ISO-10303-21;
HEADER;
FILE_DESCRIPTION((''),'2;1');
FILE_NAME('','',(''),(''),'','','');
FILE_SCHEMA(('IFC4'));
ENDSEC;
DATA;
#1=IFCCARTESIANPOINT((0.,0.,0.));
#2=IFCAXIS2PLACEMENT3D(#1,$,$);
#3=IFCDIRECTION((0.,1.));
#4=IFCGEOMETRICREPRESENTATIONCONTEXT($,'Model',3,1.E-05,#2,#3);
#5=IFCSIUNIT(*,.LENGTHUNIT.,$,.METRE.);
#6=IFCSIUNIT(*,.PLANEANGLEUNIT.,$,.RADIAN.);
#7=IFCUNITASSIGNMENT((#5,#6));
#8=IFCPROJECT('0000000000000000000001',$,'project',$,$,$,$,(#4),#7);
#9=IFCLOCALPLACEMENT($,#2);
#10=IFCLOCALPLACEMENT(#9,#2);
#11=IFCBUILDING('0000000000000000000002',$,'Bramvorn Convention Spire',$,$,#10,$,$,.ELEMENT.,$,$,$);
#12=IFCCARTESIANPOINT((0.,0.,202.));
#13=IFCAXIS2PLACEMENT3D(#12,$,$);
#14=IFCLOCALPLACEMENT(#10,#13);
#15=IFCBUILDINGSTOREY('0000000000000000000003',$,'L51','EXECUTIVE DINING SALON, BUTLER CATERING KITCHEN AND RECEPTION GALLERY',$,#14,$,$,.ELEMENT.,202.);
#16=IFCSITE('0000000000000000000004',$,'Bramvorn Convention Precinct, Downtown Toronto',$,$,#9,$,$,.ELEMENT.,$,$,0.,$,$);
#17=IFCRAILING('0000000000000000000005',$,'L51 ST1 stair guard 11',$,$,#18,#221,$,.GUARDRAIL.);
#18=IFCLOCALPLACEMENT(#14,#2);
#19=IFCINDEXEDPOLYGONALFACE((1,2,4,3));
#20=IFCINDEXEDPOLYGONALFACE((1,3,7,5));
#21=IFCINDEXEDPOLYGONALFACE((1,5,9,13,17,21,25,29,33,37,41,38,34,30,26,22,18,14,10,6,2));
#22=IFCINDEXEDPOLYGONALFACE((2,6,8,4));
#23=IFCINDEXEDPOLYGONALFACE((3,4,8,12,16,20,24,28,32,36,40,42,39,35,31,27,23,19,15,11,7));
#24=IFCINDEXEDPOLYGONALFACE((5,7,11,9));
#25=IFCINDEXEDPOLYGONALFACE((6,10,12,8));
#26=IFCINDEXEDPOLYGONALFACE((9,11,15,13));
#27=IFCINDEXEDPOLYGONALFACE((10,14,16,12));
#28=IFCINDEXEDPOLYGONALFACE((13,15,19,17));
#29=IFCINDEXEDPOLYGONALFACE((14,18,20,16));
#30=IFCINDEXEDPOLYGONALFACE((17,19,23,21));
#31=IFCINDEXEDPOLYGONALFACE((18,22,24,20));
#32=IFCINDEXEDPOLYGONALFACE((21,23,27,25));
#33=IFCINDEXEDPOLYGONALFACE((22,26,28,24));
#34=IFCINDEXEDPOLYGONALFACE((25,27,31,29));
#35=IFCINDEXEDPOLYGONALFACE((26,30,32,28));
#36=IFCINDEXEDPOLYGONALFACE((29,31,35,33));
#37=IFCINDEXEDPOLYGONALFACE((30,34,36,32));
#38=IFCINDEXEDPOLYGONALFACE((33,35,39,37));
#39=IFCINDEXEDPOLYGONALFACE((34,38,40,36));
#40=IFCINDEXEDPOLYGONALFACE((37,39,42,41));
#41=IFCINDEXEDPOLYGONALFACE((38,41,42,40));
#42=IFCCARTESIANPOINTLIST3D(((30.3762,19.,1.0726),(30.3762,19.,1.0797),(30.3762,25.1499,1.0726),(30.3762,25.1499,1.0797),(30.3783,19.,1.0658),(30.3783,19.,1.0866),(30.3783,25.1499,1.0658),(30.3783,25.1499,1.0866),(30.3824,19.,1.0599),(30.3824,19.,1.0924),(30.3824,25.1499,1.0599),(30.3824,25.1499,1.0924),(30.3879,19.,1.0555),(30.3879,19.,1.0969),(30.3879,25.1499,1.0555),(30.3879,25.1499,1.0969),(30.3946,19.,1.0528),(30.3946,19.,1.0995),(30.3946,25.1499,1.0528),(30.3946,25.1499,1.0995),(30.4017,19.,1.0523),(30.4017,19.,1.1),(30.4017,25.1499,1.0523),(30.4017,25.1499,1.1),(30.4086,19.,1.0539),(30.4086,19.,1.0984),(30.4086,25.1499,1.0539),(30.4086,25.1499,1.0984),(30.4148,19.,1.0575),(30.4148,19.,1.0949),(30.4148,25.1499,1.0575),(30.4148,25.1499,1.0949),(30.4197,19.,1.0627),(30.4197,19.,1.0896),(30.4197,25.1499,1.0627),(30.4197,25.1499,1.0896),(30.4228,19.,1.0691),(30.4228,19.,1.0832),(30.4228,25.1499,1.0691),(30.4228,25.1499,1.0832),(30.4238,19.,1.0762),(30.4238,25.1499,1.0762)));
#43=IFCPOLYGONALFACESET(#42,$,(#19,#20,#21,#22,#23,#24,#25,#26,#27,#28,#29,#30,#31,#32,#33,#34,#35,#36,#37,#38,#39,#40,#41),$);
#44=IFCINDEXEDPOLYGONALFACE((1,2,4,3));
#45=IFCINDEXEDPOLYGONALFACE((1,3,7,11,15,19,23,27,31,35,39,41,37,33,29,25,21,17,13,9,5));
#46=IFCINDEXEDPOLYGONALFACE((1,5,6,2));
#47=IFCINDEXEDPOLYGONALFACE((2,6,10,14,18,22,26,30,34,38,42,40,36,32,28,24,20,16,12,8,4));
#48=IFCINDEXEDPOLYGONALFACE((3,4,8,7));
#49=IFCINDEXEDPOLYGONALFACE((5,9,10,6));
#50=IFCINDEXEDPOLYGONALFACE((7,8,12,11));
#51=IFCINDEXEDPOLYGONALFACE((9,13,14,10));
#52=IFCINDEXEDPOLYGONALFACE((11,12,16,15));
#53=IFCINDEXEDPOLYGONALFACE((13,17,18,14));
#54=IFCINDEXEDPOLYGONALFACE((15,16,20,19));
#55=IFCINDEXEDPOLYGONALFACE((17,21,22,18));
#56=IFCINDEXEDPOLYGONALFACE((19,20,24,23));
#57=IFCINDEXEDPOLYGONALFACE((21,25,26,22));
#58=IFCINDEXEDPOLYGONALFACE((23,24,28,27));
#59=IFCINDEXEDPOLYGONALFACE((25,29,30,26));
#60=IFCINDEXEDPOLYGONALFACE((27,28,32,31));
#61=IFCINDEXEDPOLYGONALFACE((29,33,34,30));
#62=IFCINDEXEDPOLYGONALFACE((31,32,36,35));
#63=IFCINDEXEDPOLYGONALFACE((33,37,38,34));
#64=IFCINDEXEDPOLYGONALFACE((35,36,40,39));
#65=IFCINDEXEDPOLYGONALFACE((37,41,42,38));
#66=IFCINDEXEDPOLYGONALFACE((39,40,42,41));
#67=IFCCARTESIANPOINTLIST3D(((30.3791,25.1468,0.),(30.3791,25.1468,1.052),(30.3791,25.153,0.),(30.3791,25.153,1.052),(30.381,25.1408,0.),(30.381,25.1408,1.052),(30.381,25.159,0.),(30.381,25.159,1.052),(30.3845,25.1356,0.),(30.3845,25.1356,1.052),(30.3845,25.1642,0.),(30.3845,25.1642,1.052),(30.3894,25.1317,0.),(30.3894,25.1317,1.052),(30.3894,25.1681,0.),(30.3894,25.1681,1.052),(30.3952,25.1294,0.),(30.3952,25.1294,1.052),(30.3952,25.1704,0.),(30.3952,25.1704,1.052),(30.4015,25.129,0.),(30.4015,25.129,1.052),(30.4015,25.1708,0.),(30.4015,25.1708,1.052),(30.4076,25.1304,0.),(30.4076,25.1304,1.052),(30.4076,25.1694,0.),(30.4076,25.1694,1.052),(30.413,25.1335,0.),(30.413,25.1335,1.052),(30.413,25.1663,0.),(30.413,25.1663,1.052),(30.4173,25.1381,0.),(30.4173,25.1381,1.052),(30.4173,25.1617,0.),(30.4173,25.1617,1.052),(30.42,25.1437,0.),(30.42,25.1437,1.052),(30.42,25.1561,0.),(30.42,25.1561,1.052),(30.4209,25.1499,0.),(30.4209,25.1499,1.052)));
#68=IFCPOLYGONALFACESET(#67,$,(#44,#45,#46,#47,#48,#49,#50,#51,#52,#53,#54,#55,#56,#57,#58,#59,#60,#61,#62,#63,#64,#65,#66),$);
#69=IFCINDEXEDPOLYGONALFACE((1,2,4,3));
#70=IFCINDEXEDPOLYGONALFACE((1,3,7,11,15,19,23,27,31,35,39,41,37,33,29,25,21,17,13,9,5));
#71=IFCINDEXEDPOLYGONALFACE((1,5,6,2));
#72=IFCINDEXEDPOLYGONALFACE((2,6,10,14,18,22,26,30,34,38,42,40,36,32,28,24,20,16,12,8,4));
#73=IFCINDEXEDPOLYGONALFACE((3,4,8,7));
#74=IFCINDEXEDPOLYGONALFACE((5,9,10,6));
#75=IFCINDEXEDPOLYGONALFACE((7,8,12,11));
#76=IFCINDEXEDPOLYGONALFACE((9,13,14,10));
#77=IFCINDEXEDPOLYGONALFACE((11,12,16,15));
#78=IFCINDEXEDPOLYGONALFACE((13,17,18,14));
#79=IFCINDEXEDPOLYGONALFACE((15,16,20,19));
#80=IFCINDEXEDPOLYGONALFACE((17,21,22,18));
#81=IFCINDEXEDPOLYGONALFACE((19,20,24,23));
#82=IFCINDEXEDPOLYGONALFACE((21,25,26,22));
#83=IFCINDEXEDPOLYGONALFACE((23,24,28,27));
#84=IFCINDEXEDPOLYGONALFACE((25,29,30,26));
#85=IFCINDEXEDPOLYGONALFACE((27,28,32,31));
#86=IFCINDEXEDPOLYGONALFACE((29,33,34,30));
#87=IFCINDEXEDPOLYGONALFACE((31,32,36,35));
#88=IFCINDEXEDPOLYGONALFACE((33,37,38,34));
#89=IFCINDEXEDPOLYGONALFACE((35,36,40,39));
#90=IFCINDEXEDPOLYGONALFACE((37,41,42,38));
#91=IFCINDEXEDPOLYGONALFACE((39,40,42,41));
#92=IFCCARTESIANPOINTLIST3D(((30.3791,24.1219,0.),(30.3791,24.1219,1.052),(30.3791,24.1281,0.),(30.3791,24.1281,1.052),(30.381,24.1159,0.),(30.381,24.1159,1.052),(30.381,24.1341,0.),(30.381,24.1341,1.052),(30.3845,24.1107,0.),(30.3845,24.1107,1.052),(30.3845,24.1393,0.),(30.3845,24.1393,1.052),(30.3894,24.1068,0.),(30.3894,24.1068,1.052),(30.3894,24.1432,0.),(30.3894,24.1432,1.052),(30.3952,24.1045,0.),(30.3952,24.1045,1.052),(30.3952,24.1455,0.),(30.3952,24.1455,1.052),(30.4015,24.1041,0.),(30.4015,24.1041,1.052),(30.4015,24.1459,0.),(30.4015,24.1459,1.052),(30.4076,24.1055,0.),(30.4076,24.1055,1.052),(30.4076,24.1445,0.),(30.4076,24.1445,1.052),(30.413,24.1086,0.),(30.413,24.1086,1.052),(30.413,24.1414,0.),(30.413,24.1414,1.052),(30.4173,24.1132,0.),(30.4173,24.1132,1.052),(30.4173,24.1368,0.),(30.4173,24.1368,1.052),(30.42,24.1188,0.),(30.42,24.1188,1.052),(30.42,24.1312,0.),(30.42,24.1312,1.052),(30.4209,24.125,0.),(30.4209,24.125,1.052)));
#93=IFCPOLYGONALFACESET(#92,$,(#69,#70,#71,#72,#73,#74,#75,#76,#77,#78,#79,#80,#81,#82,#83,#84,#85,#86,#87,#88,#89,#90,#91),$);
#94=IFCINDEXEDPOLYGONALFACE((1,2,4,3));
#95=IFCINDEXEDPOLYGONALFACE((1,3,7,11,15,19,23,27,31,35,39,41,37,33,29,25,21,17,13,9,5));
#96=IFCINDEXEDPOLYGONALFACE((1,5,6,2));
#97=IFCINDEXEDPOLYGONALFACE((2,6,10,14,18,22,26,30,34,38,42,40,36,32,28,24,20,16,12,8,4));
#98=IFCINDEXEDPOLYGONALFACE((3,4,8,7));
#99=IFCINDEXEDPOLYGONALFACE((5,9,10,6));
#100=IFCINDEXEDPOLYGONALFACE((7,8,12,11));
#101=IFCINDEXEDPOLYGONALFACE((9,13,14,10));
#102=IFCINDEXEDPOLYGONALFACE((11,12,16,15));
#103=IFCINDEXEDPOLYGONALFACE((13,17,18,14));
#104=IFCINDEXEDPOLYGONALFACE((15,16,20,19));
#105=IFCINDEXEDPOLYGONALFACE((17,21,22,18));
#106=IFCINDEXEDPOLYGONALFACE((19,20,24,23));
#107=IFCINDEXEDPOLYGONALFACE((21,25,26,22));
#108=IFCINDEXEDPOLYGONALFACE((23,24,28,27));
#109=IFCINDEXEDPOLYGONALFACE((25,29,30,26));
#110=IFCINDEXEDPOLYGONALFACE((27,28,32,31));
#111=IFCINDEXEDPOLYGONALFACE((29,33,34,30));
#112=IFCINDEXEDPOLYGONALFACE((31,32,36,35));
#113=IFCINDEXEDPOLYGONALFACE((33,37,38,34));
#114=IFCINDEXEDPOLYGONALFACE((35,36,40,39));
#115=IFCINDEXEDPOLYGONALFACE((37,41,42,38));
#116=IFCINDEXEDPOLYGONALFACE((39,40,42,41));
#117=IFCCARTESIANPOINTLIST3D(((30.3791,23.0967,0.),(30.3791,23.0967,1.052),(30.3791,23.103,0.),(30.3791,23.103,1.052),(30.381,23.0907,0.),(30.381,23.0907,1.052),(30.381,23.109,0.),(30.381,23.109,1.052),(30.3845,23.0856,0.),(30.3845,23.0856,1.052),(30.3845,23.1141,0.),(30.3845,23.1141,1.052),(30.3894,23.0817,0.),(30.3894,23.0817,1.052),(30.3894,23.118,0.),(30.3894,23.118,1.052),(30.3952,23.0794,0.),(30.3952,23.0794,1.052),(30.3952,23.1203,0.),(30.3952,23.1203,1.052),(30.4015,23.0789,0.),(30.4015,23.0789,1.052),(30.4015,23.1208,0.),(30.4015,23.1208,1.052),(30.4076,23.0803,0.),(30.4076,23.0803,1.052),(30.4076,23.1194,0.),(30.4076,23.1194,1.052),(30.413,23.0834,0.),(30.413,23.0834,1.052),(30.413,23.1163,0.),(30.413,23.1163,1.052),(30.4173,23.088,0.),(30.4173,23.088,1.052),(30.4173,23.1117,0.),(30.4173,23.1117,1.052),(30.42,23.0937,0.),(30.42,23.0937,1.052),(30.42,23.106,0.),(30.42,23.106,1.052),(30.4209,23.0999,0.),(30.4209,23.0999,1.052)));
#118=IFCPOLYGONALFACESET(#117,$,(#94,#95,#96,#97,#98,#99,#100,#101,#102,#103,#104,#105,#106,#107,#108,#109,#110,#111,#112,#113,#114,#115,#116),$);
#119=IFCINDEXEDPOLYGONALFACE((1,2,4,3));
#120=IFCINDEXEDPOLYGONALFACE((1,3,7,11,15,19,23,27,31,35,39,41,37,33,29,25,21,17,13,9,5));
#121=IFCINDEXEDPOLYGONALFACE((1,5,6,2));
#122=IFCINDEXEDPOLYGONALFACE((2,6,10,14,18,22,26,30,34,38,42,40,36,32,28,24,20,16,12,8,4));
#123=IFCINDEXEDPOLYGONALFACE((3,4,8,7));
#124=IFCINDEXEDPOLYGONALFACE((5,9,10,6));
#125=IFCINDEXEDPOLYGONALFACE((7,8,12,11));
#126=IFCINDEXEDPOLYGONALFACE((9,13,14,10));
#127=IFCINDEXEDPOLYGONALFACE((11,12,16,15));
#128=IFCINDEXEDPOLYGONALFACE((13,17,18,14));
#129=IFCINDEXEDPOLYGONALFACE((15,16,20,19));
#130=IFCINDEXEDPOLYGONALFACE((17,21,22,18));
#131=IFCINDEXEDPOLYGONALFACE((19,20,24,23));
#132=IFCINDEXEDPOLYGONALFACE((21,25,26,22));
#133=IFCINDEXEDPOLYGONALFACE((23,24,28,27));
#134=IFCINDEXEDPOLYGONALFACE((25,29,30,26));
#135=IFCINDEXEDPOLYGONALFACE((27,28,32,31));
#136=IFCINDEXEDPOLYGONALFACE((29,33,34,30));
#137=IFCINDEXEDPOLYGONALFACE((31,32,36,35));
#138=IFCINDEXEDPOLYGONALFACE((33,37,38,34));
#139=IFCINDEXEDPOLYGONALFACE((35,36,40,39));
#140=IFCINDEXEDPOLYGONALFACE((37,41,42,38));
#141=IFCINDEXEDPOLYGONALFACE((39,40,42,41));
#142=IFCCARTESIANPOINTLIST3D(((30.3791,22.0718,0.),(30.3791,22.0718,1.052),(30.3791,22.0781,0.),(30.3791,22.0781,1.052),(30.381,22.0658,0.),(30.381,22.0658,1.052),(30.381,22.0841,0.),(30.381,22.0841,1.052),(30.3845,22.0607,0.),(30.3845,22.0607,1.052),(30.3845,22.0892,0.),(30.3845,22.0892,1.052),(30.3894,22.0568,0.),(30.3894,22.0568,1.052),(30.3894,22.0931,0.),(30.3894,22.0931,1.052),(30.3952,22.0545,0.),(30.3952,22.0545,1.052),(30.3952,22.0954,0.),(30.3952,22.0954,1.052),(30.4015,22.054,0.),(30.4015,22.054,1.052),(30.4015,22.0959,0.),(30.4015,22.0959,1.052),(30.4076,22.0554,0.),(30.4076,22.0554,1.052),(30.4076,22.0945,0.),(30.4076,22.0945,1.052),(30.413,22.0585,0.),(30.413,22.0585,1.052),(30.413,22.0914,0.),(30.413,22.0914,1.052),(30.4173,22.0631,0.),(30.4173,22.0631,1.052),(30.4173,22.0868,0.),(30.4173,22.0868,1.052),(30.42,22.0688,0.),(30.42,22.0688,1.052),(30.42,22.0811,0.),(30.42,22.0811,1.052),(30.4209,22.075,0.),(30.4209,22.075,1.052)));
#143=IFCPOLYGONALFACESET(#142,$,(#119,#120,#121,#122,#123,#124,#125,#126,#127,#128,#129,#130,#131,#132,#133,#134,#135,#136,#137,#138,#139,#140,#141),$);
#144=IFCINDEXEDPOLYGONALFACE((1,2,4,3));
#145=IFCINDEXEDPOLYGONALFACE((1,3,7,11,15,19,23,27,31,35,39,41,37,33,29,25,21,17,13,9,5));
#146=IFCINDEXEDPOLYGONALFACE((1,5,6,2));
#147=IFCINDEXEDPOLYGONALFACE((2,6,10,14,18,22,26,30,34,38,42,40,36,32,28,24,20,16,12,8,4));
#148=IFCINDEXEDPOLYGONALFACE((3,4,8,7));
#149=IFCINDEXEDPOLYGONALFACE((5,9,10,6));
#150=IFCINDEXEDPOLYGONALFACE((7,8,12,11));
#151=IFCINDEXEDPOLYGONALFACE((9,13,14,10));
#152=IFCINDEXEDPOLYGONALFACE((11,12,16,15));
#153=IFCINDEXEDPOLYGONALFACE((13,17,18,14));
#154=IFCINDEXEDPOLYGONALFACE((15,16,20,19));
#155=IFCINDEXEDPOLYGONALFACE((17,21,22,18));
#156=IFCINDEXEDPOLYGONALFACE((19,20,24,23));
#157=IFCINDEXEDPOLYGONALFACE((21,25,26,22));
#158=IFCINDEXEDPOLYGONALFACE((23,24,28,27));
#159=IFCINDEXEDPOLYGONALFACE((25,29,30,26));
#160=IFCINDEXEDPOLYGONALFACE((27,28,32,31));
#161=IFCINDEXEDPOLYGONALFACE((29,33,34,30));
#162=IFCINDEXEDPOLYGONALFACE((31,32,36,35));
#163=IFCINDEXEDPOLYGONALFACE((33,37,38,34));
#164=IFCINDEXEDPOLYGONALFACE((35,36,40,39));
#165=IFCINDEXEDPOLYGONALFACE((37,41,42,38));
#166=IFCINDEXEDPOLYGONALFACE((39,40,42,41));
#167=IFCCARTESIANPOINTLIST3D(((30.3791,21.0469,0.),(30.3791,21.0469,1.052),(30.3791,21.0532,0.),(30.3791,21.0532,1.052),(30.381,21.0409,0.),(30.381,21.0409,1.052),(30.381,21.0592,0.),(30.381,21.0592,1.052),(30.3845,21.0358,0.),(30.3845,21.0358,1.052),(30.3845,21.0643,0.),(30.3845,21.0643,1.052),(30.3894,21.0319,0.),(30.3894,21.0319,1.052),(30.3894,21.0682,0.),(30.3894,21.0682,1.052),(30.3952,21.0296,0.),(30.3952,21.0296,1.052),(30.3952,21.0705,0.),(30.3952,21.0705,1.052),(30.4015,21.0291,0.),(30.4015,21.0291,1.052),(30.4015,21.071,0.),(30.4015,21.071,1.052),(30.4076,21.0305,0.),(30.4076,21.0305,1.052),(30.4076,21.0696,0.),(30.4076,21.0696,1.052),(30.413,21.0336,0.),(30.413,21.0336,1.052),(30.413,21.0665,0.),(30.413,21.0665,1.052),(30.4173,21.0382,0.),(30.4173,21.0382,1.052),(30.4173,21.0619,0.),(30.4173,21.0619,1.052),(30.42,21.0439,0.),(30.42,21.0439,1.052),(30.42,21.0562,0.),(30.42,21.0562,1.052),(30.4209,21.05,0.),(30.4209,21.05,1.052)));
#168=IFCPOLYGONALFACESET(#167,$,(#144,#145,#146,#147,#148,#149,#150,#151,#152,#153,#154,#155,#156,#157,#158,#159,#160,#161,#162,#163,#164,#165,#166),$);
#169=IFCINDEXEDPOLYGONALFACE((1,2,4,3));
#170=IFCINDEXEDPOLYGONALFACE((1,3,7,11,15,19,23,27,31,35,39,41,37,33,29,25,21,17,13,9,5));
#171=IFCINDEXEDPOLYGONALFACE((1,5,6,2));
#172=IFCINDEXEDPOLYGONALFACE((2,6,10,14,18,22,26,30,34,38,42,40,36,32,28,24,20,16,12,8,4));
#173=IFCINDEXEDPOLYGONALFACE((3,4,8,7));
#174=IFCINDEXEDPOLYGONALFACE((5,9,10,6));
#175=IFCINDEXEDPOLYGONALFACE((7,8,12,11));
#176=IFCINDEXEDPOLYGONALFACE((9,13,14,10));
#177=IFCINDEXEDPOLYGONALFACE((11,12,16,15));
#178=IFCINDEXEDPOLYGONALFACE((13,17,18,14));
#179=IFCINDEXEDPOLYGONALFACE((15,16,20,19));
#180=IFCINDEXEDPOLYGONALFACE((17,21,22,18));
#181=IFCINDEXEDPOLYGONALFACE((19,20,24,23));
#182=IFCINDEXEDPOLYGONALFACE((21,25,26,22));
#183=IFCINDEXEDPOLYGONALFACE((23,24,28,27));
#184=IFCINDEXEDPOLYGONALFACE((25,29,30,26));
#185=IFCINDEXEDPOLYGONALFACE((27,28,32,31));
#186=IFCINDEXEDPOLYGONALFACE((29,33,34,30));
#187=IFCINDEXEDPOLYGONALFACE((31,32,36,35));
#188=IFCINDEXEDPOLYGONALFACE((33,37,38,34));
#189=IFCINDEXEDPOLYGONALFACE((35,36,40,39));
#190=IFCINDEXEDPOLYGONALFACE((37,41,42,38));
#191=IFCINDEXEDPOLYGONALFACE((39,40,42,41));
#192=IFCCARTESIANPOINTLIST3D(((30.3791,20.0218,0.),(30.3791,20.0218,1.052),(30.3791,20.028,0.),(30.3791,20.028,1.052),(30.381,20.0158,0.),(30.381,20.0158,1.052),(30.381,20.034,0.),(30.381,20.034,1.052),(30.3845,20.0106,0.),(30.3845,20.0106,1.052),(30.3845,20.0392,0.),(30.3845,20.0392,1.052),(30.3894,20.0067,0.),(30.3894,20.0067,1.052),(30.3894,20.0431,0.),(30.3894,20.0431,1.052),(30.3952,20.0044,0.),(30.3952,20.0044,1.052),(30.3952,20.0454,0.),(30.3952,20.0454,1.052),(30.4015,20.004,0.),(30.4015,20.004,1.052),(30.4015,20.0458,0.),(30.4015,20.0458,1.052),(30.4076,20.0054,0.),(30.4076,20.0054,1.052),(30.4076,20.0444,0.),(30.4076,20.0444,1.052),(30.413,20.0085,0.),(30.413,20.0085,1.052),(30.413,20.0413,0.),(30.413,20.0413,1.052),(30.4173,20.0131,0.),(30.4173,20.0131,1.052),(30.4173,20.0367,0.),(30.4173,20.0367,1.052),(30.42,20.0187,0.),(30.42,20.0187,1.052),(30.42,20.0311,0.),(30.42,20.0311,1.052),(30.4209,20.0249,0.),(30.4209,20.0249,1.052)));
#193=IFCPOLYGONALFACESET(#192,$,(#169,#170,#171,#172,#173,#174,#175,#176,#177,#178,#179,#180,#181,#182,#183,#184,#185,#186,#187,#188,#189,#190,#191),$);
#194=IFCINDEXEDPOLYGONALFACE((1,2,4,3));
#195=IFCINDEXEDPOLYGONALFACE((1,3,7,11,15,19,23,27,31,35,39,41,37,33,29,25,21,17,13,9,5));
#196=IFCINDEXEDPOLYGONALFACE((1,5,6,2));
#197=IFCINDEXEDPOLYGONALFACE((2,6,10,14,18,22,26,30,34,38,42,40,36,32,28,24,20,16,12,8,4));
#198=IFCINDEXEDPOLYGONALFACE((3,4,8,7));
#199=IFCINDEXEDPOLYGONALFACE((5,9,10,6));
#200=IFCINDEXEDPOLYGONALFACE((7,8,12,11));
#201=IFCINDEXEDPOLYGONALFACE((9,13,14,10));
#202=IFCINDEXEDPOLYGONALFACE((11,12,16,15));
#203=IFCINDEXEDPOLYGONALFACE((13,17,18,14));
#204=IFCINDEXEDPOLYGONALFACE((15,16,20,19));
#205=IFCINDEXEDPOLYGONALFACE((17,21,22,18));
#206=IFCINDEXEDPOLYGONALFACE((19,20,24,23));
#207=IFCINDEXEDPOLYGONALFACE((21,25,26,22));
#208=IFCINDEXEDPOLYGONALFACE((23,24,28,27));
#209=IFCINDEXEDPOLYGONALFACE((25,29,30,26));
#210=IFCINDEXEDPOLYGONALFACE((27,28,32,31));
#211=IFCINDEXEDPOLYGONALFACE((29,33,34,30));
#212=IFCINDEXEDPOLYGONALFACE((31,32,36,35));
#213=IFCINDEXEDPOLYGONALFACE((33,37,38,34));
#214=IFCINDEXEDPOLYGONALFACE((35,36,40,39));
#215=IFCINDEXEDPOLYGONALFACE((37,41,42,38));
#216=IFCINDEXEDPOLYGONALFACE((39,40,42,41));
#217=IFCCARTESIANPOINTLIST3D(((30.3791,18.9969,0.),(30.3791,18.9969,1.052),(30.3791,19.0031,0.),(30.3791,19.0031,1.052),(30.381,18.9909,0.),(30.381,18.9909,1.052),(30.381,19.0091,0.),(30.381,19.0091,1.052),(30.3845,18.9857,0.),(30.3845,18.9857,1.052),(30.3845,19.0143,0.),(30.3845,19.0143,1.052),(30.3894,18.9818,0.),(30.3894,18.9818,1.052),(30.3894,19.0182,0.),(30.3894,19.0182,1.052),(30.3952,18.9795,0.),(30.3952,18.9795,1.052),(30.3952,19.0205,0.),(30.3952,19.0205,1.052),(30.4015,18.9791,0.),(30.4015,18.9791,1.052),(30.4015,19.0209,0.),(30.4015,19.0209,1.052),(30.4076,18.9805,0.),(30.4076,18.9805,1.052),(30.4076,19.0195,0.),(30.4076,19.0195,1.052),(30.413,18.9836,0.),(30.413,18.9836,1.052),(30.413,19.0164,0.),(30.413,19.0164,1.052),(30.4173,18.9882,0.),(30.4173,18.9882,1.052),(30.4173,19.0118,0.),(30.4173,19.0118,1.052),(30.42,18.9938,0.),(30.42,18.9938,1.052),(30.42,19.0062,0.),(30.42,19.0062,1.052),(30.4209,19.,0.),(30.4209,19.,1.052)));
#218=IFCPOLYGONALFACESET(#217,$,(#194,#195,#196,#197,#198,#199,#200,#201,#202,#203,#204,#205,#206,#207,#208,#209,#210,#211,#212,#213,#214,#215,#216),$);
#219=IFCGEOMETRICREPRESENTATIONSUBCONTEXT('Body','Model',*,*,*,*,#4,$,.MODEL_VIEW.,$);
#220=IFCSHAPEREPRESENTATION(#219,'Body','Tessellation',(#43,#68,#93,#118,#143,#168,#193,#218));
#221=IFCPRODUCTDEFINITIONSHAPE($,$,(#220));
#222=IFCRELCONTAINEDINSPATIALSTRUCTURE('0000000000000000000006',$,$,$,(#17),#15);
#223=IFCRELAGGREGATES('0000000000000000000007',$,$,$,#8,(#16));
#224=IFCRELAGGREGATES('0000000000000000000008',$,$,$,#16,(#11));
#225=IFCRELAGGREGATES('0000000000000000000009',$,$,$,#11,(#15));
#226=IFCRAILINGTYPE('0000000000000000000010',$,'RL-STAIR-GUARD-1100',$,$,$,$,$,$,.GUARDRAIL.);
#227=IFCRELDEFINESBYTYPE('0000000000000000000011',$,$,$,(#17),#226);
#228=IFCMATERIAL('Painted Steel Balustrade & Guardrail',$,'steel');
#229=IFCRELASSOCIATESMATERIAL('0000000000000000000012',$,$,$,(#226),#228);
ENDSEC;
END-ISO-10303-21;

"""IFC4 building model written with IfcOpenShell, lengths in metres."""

from ifc_helpers import new_model, si_unit, direction, frame, origin, origin_2d, place, context, subcontext, project, spatial, circle, extrude, material, type_object, element, save


model = new_model("IFC4")

# Units and contexts
model_context = context("Model", 3, precision=1e-05, world=origin(), true_north=direction((0.0, 1.0)))
body_context = subcontext(model_context, "Body", "Model", "MODEL_VIEW")
ifc_project = project(units=[si_unit("LENGTHUNIT", "METRE"), si_unit("PLANEANGLEUNIT", "RADIAN")], contexts=[model_context])

# Site, building, storey
site_placement = place(None, origin())
site = spatial("IfcSite", under=ifc_project, at=site_placement, Name="Bramvorn Convention Precinct, Downtown Toronto", CompositionType="ELEMENT", RefElevation=0.0)
building_placement = place(site_placement, origin())
building = spatial("IfcBuilding", under=site, at=building_placement, Name="Bramvorn Convention Spire", CompositionType="ELEMENT")
storey_placement = place(building_placement, frame((0.0, 0.0, 202.0)))
storey = spatial("IfcBuildingStorey", under=building, at=storey_placement, Name="L51", Description="EXECUTIVE DINING SALON, BUTLER CATERING KITCHEN AND RECEPTION GALLERY", CompositionType="ELEMENT", Elevation=202.0)

# Railing
ifc_material_1 = material(Name="Painted Steel Balustrade & Guardrail", Category="steel")
railing_type_1 = type_object("IfcRailingType", Name="RL-STAIR-GUARD-1100", PredefinedType="GUARDRAIL", material=ifc_material_1)
railing_1_placement = place(storey_placement, frame((30.3999, 25.1499, 0.0)))
element("IfcRailing", 1, at=railing_1_placement, inside=storey, type_object=railing_type_1, Name="L51 ST1 stair guard 11", PredefinedType="GUARDRAIL", context=body_context, shape_type="SweptSolid", body=[
    extrude(circle(Radius=0.0239, at=origin_2d()), frame((0.0, 0.0, 1.0762), z_axis=(0.0, -1.0, 0.0), x_axis=(1.0, 0.0, 0.0)), (0.0, 0.0, 1.0), 6.1499),
    extrude(circle(Radius=0.021, at=origin_2d()), origin(), (0.0, 0.0, 1.0), 1.052),
    extrude(circle(Radius=0.021, at=origin_2d()), frame((0.0, -1.0249, 0.0)), (0.0, 0.0, 1.0), 1.052),
    extrude(circle(Radius=0.021, at=origin_2d()), frame((0.0, -2.05, 0.0)), (0.0, 0.0, 1.0), 1.052),
    extrude(circle(Radius=0.021, at=origin_2d()), frame((0.0, -3.075, 0.0)), (0.0, 0.0, 1.0), 1.052),
    extrude(circle(Radius=0.021, at=origin_2d()), frame((0.0, -4.0999, 0.0)), (0.0, 0.0, 1.0), 1.052),
    extrude(circle(Radius=0.021, at=origin_2d()), frame((0.0, -5.125, 0.0)), (0.0, 0.0, 1.0), 1.052),
    extrude(circle(Radius=0.021, at=origin_2d()), frame((0.0, -6.1499, 0.0)), (0.0, 0.0, 1.0), 1.052),
])

save(model, "model.ifc")
